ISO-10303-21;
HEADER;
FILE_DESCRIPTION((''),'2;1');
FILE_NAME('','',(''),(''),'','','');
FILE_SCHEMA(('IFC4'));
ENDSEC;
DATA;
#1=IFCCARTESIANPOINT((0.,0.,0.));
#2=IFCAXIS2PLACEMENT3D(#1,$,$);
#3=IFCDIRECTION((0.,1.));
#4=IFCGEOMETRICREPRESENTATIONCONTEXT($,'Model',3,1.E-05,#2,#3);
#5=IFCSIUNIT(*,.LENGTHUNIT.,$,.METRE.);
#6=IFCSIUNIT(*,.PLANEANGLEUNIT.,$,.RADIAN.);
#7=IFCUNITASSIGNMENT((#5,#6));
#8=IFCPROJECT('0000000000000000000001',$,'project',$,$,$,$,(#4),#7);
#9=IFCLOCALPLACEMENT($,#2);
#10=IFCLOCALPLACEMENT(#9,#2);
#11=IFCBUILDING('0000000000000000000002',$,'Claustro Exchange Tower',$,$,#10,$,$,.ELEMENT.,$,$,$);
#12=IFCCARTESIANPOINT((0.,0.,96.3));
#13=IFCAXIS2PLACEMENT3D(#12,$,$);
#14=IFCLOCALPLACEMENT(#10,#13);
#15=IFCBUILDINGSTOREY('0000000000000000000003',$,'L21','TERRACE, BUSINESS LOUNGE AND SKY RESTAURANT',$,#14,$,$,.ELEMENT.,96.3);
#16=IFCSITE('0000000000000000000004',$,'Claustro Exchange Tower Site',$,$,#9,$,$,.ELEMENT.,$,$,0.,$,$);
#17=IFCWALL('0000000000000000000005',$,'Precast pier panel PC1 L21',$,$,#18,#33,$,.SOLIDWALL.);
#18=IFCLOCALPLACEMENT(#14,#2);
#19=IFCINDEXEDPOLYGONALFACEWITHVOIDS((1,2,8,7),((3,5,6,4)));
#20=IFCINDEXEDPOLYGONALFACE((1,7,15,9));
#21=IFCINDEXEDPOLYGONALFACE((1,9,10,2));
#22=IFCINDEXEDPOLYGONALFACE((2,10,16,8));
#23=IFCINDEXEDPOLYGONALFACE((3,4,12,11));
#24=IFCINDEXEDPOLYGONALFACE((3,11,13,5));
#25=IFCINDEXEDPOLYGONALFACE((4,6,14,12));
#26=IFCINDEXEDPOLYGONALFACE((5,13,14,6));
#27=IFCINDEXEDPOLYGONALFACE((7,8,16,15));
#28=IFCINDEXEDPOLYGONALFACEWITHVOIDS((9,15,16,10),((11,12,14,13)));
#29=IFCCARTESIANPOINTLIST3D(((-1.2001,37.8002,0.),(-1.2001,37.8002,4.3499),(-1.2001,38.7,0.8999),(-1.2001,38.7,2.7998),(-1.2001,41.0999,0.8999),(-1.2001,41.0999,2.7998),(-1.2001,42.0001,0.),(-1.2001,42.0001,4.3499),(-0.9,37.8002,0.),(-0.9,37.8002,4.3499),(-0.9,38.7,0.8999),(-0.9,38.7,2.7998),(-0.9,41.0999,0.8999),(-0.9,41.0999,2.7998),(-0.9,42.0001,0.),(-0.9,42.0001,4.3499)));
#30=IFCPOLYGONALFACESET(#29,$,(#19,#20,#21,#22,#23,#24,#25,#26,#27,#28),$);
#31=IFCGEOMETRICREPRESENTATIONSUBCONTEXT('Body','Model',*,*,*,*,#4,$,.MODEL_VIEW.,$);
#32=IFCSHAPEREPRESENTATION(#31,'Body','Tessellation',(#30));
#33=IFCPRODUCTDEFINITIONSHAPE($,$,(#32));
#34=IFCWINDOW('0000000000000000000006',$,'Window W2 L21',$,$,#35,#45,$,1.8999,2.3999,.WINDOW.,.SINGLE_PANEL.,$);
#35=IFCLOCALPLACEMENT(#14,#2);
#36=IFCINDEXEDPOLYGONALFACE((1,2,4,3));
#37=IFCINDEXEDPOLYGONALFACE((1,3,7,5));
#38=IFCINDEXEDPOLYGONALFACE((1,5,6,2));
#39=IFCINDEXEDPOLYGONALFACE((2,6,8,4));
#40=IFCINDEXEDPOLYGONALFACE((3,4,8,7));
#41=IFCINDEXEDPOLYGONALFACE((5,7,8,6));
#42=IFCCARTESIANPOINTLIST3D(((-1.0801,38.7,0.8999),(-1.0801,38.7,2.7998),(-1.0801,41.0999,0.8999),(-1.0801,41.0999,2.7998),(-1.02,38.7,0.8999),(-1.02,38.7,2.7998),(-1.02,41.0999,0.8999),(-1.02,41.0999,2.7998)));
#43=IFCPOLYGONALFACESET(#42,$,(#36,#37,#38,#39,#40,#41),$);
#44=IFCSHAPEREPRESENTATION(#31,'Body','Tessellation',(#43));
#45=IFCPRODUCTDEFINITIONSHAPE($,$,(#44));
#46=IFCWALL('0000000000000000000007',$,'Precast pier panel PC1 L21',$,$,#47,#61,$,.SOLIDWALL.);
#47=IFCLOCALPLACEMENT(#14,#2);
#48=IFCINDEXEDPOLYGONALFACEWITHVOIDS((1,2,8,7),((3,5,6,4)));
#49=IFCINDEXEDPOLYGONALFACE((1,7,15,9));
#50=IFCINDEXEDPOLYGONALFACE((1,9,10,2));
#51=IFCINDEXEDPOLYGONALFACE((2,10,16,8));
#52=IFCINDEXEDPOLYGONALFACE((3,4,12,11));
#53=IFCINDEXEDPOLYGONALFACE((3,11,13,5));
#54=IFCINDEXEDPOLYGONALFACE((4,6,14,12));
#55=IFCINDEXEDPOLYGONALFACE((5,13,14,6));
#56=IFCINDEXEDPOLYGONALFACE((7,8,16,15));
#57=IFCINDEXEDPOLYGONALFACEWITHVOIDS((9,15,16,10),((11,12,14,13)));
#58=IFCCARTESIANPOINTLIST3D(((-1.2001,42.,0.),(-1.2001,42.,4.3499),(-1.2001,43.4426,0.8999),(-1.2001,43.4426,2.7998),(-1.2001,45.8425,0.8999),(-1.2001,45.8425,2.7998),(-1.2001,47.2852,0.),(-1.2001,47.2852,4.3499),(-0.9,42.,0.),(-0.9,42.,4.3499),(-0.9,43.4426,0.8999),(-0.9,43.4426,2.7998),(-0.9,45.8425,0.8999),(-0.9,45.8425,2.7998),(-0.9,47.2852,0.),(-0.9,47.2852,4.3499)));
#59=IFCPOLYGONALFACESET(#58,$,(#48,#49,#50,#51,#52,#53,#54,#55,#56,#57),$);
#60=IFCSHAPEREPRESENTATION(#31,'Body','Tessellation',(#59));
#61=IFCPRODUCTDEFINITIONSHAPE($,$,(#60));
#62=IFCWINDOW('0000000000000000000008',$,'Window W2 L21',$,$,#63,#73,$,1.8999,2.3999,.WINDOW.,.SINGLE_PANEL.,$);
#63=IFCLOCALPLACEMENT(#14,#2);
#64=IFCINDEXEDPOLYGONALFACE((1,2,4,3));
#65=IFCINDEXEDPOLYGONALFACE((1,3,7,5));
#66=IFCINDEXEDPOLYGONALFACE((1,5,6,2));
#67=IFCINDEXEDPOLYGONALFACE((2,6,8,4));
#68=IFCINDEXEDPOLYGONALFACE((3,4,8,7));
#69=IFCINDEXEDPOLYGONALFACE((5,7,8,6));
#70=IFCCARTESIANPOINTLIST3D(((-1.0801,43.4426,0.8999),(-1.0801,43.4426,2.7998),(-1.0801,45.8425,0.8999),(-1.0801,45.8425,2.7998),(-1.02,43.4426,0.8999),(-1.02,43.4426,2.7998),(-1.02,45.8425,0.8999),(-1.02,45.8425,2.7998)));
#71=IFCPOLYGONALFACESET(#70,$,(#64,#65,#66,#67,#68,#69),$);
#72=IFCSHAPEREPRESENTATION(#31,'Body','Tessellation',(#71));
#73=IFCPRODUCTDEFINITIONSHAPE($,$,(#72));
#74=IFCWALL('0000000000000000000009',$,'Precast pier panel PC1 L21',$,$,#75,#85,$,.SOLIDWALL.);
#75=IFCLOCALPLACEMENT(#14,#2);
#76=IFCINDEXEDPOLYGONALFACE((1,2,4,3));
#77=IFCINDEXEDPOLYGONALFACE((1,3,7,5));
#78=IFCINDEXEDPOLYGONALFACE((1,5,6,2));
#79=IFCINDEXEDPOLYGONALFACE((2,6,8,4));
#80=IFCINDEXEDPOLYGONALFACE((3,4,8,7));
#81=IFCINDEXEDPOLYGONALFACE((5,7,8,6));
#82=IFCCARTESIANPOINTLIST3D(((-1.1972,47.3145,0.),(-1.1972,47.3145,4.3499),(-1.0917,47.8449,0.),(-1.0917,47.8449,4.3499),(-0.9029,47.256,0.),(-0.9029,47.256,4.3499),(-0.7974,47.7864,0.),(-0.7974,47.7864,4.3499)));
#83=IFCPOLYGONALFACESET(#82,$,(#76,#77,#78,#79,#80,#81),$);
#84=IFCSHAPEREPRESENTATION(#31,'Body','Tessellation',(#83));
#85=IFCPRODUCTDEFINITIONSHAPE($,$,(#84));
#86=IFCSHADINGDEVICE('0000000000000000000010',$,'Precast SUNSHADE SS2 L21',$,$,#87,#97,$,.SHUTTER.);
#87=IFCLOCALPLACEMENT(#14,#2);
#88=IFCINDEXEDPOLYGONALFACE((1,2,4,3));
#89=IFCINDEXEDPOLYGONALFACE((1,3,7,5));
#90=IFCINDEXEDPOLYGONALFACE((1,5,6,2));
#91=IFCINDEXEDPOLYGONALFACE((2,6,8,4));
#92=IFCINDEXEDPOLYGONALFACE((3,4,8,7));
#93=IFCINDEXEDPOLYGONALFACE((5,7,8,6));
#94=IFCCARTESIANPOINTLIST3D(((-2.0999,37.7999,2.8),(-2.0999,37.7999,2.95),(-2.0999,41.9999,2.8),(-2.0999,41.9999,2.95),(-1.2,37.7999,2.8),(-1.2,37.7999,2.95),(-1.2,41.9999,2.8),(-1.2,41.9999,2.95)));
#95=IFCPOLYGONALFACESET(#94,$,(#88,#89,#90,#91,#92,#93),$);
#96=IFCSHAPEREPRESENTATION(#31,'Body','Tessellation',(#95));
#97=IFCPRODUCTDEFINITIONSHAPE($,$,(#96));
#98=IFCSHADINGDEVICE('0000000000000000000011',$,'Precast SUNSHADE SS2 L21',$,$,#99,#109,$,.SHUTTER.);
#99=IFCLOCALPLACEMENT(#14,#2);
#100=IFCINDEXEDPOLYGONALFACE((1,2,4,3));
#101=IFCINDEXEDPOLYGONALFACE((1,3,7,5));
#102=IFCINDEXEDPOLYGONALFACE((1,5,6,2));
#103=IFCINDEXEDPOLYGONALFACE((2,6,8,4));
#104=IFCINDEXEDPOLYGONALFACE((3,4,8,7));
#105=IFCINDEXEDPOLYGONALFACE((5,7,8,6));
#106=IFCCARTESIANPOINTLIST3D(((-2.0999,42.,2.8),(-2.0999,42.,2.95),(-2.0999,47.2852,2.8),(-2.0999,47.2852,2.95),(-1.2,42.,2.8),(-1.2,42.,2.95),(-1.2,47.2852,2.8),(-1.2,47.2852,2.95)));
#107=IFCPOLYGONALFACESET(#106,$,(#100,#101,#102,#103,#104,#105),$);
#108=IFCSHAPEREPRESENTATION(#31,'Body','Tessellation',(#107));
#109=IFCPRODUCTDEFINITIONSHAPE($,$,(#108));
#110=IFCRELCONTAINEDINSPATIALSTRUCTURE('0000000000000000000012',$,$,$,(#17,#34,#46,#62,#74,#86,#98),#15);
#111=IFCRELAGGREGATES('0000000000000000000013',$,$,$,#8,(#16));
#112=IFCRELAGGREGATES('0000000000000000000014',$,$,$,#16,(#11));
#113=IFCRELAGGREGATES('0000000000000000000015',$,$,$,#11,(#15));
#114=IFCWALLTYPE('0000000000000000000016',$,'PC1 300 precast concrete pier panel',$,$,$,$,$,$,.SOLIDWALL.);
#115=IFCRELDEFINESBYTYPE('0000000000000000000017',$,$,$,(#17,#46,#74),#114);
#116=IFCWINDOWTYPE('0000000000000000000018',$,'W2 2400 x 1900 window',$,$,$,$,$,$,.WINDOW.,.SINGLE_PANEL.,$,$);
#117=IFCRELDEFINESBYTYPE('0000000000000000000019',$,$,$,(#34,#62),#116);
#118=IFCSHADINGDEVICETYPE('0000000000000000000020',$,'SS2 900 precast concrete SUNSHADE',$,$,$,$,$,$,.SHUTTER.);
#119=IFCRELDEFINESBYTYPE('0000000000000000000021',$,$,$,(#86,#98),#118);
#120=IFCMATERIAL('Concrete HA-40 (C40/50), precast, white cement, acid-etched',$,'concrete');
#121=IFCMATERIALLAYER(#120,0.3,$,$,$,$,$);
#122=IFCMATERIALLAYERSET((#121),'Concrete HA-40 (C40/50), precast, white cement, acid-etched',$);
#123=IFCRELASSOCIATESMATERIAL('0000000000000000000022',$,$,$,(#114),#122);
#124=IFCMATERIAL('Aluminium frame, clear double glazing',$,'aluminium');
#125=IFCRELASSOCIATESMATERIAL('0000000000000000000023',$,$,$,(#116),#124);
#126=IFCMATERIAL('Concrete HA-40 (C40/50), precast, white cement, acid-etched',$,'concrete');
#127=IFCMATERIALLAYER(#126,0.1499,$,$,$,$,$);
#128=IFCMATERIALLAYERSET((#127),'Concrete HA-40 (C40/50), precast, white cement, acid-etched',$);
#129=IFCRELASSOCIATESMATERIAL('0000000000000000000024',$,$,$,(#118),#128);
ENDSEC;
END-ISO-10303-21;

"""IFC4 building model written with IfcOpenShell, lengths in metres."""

from ifc_helpers import new_model, si_unit, direction, frame, frame_2d, origin, origin_2d, place, context, subcontext, project, spatial, rectangle, extrude, material, layer, layer_set, type_object, element, fill, save


model = new_model("IFC4")

# Units and contexts
model_context = context("Model", 3, precision=1e-05, world=origin(), true_north=direction((0.0, 1.0)))
body_context = subcontext(model_context, "Body", "Model", "MODEL_VIEW")
ifc_project = project(units=[si_unit("LENGTHUNIT", "METRE"), si_unit("PLANEANGLEUNIT", "RADIAN")], contexts=[model_context])

# Site, building, storey
site_placement = place(None, origin())
site = spatial("IfcSite", under=ifc_project, at=site_placement, Name="Claustro Exchange Tower Site", CompositionType="ELEMENT", RefElevation=0.0)
building_placement = place(site_placement, origin())
building = spatial("IfcBuilding", under=site, at=building_placement, Name="Claustro Exchange Tower", CompositionType="ELEMENT")
storey_placement = place(building_placement, frame((0.0, 0.0, 96.3)))
storey = spatial("IfcBuildingStorey", under=building, at=storey_placement, Name="L21", Description="TERRACE, BUSINESS LOUNGE AND SKY RESTAURANT", CompositionType="ELEMENT", Elevation=96.3)

# Walls, openings, windows
ifc_material_1 = material(Name="Concrete HA-40 (C40/50), precast, white cement, acid-etched", Category="concrete")
ifc_layer_1 = layer(ifc_material_1, 0.3)
ifc_layer_set_1 = layer_set([ifc_layer_1], Name="Concrete HA-40 (C40/50), precast, white cement, acid-etched")
wall_type_1 = type_object("IfcWallType", Name="PC1 300 precast concrete pier panel", PredefinedType="SOLIDWALL", material=ifc_layer_set_1)
wall_1_placement = place(storey_placement, frame((-1.05, 37.8, 0.0), z_axis=(0.0, 0.0, 1.0), x_axis=(0.0, 1.0, 0.0)))
wall_1 = element("IfcWall", 1, at=wall_1_placement, inside=storey, type_object=wall_type_1, Name="Precast pier panel PC1 L21", PredefinedType="SOLIDWALL", context=body_context, shape_type="SweptSolid", body=[
    extrude(rectangle(XDim=4.2, YDim=0.3, at=frame_2d((2.1001, 0.0))), origin(), (0.0, 0.0, 1.0), 4.3499),
])
opening_1_placement = place(wall_1_placement, frame((0.8999, 0.0, 0.8999)))
opening_1 = element("IfcOpeningElement", 2, at=opening_1_placement, cuts=wall_1, PredefinedType="OPENING", context=body_context, shape_type="SweptSolid", body=[
    extrude(rectangle(XDim=2.3999, YDim=1.8999, at=frame_2d((1.2, 0.95))), frame((0.0, 0.1599, 0.0), z_axis=(0.0, -1.0, 0.0), x_axis=(1.0, 0.0, 0.0)), (0.0, 0.0, 1.0), 0.3201),
])
ifc_material_2 = material(Name="Aluminium frame, clear double glazing", Category="aluminium")
window_type = type_object("IfcWindowType", Name="W2 2400 x 1900 window", PartitioningType="SINGLE_PANEL", PredefinedType="WINDOW", material=ifc_material_2)
window_1_placement = place(opening_1_placement, origin())
window_1 = element("IfcWindow", 3, at=window_1_placement, inside=storey, type_object=window_type, Name="Window W2 L21", OverallHeight=1.8999, OverallWidth=2.3999, PartitioningType="SINGLE_PANEL", PredefinedType="WINDOW", context=body_context, shape_type="SweptSolid", body=[
    extrude(rectangle(XDim=2.3999, YDim=1.8999, at=frame_2d((1.2, 0.95))), frame((0.0, 0.03, 0.0), z_axis=(0.0, -1.0, 0.0), x_axis=(1.0, 0.0, 0.0)), (0.0, 0.0, 1.0), 0.0601),
])
fill(opening_1, window_1)
wall_2_placement = place(storey_placement, frame((-1.05, 42.0, 0.0), z_axis=(0.0, 0.0, 1.0), x_axis=(0.0, 1.0, 0.0)))
wall_2 = element("IfcWall", 4, at=wall_2_placement, inside=storey, type_object=wall_type_1, Name="Precast pier panel PC1 L21", PredefinedType="SOLIDWALL", context=body_context, shape_type="SweptSolid", body=[
    extrude(rectangle(XDim=5.2852, YDim=0.3, at=frame_2d((2.6426, 0.0))), origin(), (0.0, 0.0, 1.0), 4.3499),
])
opening_2_placement = place(wall_2_placement, frame((1.4426, 0.0, 0.8999)))
opening_2 = element("IfcOpeningElement", 5, at=opening_2_placement, cuts=wall_2, PredefinedType="OPENING", context=body_context, shape_type="SweptSolid", body=[
    extrude(rectangle(XDim=2.3999, YDim=1.8999, at=frame_2d((1.2, 0.95))), frame((0.0, 0.1599, 0.0), z_axis=(0.0, -1.0, 0.0), x_axis=(1.0, 0.0, 0.0)), (0.0, 0.0, 1.0), 0.3201),
])
window_2_placement = place(opening_2_placement, origin())
window_2 = element("IfcWindow", 6, at=window_2_placement, inside=storey, type_object=window_type, Name="Window W2 L21", OverallHeight=1.8999, OverallWidth=2.3999, PartitioningType="SINGLE_PANEL", PredefinedType="WINDOW", context=body_context, shape_type="SweptSolid", body=[
    extrude(rectangle(XDim=2.3999, YDim=1.8999, at=frame_2d((1.2, 0.95))), frame((0.0, 0.03, 0.0), z_axis=(0.0, -1.0, 0.0), x_axis=(1.0, 0.0, 0.0)), (0.0, 0.0, 1.0), 0.0601),
])
fill(opening_2, window_2)

# Wall
wall_3_placement = place(storey_placement, frame((-1.05, 47.2852, 0.0), z_axis=(0.0, 0.0, 1.0), x_axis=(0.195074, 0.980789, 0.0)))
element("IfcWall", 7, at=wall_3_placement, inside=storey, type_object=wall_type_1, Name="Precast pier panel PC1 L21", PredefinedType="SOLIDWALL", context=body_context, shape_type="SweptSolid", body=[
    extrude(rectangle(XDim=0.5408, YDim=0.3, at=frame_2d((0.2705, 0.0))), origin(), (0.0, 0.0, 1.0), 4.3499),
])

# Shading devices
ifc_material_3 = material(Name="Concrete HA-40 (C40/50), precast, white cement, acid-etched", Category="concrete")
ifc_layer_2 = layer(ifc_material_3, 0.1499)
ifc_layer_set_2 = layer_set([ifc_layer_2], Name="Concrete HA-40 (C40/50), precast, white cement, acid-etched")
shading_device_type = type_object("IfcShadingDeviceType", Name="SS2 900 precast concrete SUNSHADE", PredefinedType="SHUTTER", material=ifc_layer_set_2)
shading_device_1_placement = place(storey_placement, frame((-1.6499, 39.8999, 2.8), z_axis=(0.0, 0.0, 1.0), x_axis=(0.0, 1.0, 0.0)))
element("IfcShadingDevice", 8, at=shading_device_1_placement, inside=storey, type_object=shading_device_type, Name="Precast SUNSHADE SS2 L21", PredefinedType="SHUTTER", context=body_context, shape_type="SweptSolid", body=[
    extrude(rectangle(XDim=4.2, YDim=0.8999, at=origin_2d()), origin(), (0.0, 0.0, 1.0), 0.1499),
])
shading_device_2_placement = place(storey_placement, frame((-1.6499, 44.6426, 2.8), z_axis=(0.0, 0.0, 1.0), x_axis=(0.0, 1.0, 0.0)))
element("IfcShadingDevice", 9, at=shading_device_2_placement, inside=storey, type_object=shading_device_type, Name="Precast SUNSHADE SS2 L21", PredefinedType="SHUTTER", context=body_context, shape_type="SweptSolid", body=[
    extrude(rectangle(XDim=5.2852, YDim=0.8999, at=origin_2d()), origin(), (0.0, 0.0, 1.0), 0.1499),
])

save(model, "model.ifc")
